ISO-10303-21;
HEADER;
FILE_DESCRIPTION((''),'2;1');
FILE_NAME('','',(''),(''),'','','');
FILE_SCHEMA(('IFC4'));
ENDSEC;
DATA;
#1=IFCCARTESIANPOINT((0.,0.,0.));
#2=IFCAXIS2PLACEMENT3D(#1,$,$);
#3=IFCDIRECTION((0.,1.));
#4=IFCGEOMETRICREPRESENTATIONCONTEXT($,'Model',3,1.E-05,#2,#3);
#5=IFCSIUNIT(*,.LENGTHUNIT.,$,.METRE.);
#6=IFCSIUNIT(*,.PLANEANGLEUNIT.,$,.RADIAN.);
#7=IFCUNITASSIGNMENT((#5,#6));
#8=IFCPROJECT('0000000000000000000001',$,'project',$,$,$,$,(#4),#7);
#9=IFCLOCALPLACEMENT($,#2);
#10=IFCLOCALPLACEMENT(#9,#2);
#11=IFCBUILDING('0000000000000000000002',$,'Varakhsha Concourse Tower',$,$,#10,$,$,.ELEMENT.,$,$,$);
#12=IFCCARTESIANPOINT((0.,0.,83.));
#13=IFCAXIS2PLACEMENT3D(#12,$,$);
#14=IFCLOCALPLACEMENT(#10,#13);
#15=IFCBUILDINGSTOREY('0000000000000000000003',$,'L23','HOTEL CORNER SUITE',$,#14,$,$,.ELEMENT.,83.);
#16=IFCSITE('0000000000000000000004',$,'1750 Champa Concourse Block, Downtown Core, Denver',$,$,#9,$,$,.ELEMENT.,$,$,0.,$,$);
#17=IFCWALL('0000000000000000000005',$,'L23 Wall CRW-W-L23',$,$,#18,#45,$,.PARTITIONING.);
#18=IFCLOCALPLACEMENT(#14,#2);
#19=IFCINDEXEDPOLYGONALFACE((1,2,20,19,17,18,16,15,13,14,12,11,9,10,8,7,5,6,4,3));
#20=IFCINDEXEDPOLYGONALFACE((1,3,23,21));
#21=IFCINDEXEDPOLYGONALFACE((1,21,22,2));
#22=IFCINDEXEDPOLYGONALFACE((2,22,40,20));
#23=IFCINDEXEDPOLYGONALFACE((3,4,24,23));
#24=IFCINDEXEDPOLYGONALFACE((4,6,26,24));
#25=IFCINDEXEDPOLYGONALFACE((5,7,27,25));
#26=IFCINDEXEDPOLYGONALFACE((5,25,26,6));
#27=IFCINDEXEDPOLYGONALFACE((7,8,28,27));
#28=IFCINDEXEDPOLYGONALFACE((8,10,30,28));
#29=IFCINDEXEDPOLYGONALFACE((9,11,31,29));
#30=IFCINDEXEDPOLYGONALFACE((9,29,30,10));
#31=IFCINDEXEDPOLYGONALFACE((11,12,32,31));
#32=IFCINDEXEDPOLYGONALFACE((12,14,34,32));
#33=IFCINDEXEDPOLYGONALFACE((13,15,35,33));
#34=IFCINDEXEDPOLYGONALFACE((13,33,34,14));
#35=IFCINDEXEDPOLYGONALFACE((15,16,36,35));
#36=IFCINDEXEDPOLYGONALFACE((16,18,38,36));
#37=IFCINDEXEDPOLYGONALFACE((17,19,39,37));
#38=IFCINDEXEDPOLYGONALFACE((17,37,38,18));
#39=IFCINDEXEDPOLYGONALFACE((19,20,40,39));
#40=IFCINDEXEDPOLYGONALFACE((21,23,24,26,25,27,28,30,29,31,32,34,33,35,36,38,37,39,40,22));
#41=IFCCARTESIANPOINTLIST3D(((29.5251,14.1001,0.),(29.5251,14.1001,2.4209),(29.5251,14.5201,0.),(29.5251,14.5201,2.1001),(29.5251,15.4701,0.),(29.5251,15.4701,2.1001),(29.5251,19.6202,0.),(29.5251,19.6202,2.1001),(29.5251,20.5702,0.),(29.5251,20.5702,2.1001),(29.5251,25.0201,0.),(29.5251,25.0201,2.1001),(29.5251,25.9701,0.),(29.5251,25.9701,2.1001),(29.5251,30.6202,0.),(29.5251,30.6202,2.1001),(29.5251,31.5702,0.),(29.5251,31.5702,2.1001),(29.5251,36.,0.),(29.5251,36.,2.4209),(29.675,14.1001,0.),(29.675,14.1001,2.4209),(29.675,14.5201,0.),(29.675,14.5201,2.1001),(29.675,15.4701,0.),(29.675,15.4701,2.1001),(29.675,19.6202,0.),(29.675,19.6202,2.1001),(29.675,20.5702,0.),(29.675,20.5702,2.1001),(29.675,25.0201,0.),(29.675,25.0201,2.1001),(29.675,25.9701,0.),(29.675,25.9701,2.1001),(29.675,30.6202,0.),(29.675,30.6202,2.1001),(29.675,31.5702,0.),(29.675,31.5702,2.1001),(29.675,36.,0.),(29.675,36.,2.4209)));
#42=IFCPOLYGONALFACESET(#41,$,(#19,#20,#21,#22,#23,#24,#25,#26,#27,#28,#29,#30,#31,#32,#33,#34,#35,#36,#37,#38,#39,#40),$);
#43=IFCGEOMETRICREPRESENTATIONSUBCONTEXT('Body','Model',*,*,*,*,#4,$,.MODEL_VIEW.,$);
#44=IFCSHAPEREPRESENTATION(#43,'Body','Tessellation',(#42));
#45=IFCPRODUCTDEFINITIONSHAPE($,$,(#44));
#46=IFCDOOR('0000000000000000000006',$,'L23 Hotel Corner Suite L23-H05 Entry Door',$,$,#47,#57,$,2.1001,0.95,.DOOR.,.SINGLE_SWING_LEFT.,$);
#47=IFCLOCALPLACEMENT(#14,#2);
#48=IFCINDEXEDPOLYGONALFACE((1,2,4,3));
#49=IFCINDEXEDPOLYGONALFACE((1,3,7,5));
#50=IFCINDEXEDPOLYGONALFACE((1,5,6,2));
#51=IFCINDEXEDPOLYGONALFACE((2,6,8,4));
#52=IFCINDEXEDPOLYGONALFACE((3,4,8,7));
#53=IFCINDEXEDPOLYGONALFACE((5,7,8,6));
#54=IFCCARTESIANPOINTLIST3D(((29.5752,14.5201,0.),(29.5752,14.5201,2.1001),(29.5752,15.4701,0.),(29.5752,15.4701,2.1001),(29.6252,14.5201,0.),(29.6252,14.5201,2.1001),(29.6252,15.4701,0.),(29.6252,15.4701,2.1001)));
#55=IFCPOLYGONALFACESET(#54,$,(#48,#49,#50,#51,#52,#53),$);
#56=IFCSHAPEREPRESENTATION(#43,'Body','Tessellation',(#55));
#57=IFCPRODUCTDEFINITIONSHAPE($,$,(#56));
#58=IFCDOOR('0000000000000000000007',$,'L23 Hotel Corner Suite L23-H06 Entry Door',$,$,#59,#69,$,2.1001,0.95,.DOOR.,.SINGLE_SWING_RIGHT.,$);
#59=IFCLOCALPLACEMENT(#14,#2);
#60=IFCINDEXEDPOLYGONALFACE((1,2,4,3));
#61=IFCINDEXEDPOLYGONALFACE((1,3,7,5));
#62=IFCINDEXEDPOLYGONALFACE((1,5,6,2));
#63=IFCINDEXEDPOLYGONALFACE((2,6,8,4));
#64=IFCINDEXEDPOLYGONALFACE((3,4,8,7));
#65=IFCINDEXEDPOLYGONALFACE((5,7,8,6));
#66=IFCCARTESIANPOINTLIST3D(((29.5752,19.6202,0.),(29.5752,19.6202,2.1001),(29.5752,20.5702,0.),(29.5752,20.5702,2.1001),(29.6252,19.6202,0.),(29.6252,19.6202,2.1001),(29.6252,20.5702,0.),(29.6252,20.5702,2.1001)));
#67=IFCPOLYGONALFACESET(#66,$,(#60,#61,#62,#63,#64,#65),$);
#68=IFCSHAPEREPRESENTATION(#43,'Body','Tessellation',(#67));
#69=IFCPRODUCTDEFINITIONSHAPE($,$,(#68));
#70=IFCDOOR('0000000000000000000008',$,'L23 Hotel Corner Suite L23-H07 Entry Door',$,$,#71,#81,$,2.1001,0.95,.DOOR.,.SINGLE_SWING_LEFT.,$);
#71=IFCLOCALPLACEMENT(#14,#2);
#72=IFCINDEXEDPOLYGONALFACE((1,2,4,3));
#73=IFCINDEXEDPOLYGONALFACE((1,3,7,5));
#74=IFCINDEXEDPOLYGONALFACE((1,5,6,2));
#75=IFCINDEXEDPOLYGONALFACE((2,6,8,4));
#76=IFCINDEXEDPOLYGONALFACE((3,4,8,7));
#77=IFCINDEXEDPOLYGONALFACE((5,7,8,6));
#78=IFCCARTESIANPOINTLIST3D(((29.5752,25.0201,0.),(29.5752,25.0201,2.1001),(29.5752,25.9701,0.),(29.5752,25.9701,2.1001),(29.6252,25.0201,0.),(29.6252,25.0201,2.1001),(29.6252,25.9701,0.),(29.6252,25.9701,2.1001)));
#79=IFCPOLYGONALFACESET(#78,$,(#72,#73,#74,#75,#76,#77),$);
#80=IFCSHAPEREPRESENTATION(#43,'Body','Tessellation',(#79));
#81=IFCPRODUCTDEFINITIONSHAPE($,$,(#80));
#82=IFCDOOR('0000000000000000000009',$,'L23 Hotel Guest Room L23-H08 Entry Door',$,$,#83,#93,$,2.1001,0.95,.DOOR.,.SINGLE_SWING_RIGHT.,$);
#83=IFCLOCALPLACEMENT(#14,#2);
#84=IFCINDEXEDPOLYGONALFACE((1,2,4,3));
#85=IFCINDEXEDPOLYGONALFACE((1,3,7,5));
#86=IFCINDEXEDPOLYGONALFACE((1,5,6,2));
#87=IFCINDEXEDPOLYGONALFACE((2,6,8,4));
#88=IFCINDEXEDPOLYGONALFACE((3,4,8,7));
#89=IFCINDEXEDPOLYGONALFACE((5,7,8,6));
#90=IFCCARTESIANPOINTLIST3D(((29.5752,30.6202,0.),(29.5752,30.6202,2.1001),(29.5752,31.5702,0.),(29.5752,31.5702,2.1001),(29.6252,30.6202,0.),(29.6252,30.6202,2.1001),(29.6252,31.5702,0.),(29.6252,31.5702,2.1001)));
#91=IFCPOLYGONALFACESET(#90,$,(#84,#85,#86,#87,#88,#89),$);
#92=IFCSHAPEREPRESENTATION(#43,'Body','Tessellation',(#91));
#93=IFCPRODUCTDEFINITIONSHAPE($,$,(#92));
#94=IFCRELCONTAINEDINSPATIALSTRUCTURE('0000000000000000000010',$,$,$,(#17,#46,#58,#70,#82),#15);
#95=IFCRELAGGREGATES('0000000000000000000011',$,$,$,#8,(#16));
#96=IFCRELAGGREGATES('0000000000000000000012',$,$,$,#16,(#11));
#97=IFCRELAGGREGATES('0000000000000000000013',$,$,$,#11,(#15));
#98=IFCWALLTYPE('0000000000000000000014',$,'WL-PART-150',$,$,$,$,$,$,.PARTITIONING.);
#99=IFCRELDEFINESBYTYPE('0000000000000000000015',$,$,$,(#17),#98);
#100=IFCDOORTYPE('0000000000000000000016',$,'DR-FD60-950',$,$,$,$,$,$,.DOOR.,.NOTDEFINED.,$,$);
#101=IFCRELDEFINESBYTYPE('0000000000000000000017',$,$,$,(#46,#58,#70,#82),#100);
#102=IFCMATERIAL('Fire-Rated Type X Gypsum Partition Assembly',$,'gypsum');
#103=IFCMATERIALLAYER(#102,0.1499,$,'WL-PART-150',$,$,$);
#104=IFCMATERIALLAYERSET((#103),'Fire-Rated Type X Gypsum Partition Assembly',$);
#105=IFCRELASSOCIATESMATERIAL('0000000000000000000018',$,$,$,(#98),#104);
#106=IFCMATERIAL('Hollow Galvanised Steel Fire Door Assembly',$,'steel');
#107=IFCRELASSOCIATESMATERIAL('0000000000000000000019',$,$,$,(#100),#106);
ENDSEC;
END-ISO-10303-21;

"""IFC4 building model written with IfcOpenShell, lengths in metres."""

from ifc_helpers import new_model, si_unit, direction, frame, frame_2d, origin, place, context, subcontext, project, spatial, rectangle, extrude, material, layer, layer_set, type_object, element, fill, save


model = new_model("IFC4")

# Units and contexts
model_context = context("Model", 3, precision=1e-05, world=origin(), true_north=direction((0.0, 1.0)))
body_context = subcontext(model_context, "Body", "Model", "MODEL_VIEW")
ifc_project = project(units=[si_unit("LENGTHUNIT", "METRE"), si_unit("PLANEANGLEUNIT", "RADIAN")], contexts=[model_context])

# Site, building, storey
site_placement = place(None, origin())
site = spatial("IfcSite", under=ifc_project, at=site_placement, Name="1750 Champa Concourse Block, Downtown Core, Denver", CompositionType="ELEMENT", RefElevation=0.0)
building_placement = place(site_placement, origin())
building = spatial("IfcBuilding", under=site, at=building_placement, Name="Varakhsha Concourse Tower", CompositionType="ELEMENT")
storey_placement = place(building_placement, frame((0.0, 0.0, 83.0)))
storey = spatial("IfcBuildingStorey", under=building, at=storey_placement, Name="L23", Description="HOTEL CORNER SUITE", CompositionType="ELEMENT", Elevation=83.0)

# Wall, openings, doors
ifc_material_1 = material(Name="Fire-Rated Type X Gypsum Partition Assembly", Category="gypsum")
ifc_layer_1 = layer(ifc_material_1, 0.1499, Name="WL-PART-150")
ifc_layer_set_1 = layer_set([ifc_layer_1], Name="Fire-Rated Type X Gypsum Partition Assembly")
wall_type_1 = type_object("IfcWallType", Name="WL-PART-150", PredefinedType="PARTITIONING", material=ifc_layer_set_1)
ifc_material_2 = material(Name="Hollow Galvanised Steel Fire Door Assembly", Category="steel")
door_type_1 = type_object("IfcDoorType", Name="DR-FD60-950", OperationType="NOTDEFINED", PredefinedType="DOOR", material=ifc_material_2)
wall_1_placement = place(storey_placement, frame((29.6001, 14.1001, 0.0), z_axis=(0.0, 0.0, 1.0), x_axis=(0.0, 1.0, 0.0)))
wall_1 = element("IfcWall", 1, at=wall_1_placement, inside=storey, type_object=wall_type_1, Name="L23 Wall CRW-W-L23", PredefinedType="PARTITIONING", context=body_context, shape_type="SweptSolid", body=[
    extrude(rectangle(XDim=21.8999, YDim=0.1499, at=frame_2d((10.95, 0.0))), origin(), (0.0, 0.0, 1.0), 2.4209),
])
opening_1_placement = place(wall_1_placement, frame((0.4199, 0.0, 0.0)))
opening_1 = element("IfcOpeningElement", 2, at=opening_1_placement, cuts=wall_1, PredefinedType="OPENING", context=body_context, shape_type="SweptSolid", body=[
    extrude(rectangle(XDim=0.95, YDim=2.1001, at=frame_2d((0.4751, 1.05))), frame((0.0, 0.085, 0.0), z_axis=(0.0, -1.0, 0.0), x_axis=(1.0, 0.0, 0.0)), (0.0, 0.0, 1.0), 0.1699),
])
opening_2_placement = place(wall_1_placement, frame((5.52, 0.0, 0.0)))
opening_2 = element("IfcOpeningElement", 3, at=opening_2_placement, cuts=wall_1, PredefinedType="OPENING", context=body_context, shape_type="SweptSolid", body=[
    extrude(rectangle(XDim=0.95, YDim=2.1001, at=frame_2d((0.4751, 1.05))), frame((0.0, 0.085, 0.0), z_axis=(0.0, -1.0, 0.0), x_axis=(1.0, 0.0, 0.0)), (0.0, 0.0, 1.0), 0.1699),
])
opening_3_placement = place(wall_1_placement, frame((10.9199, 0.0, 0.0)))
opening_3 = element("IfcOpeningElement", 4, at=opening_3_placement, cuts=wall_1, PredefinedType="OPENING", context=body_context, shape_type="SweptSolid", body=[
    extrude(rectangle(XDim=0.95, YDim=2.1001, at=frame_2d((0.4751, 1.05))), frame((0.0, 0.085, 0.0), z_axis=(0.0, -1.0, 0.0), x_axis=(1.0, 0.0, 0.0)), (0.0, 0.0, 1.0), 0.1699),
])
opening_4_placement = place(wall_1_placement, frame((16.52, 0.0, 0.0)))
opening_4 = element("IfcOpeningElement", 5, at=opening_4_placement, cuts=wall_1, PredefinedType="OPENING", context=body_context, shape_type="SweptSolid", body=[
    extrude(rectangle(XDim=0.95, YDim=2.1001, at=frame_2d((0.4751, 1.05))), frame((0.0, 0.085, 0.0), z_axis=(0.0, -1.0, 0.0), x_axis=(1.0, 0.0, 0.0)), (0.0, 0.0, 1.0), 0.1699),
])
door_1_placement = place(opening_1_placement, origin())
door_1 = element("IfcDoor", 6, at=door_1_placement, inside=storey, type_object=door_type_1, Name="L23 Hotel Corner Suite L23-H05 Entry Door", OperationType="SINGLE_SWING_LEFT", OverallHeight=2.1001, OverallWidth=0.95, PredefinedType="DOOR", context=body_context, shape_type="SweptSolid", body=[
    extrude(rectangle(XDim=0.95, YDim=2.1001, at=frame_2d((0.4751, 1.05))), frame((0.0, 0.0249, 0.0), z_axis=(0.0, -1.0, 0.0), x_axis=(1.0, 0.0, 0.0)), (0.0, 0.0, 1.0), 0.05),
])
fill(opening_1, door_1)
door_2_placement = place(opening_2_placement, origin())
door_2 = element("IfcDoor", 7, at=door_2_placement, inside=storey, type_object=door_type_1, Name="L23 Hotel Corner Suite L23-H06 Entry Door", OperationType="SINGLE_SWING_RIGHT", OverallHeight=2.1001, OverallWidth=0.95, PredefinedType="DOOR", context=body_context, shape_type="SweptSolid", body=[
    extrude(rectangle(XDim=0.95, YDim=2.1001, at=frame_2d((0.4751, 1.05))), frame((0.0, 0.0249, 0.0), z_axis=(0.0, -1.0, 0.0), x_axis=(1.0, 0.0, 0.0)), (0.0, 0.0, 1.0), 0.05),
])
fill(opening_2, door_2)
door_3_placement = place(opening_3_placement, origin())
door_3 = element("IfcDoor", 8, at=door_3_placement, inside=storey, type_object=door_type_1, Name="L23 Hotel Corner Suite L23-H07 Entry Door", OperationType="SINGLE_SWING_LEFT", OverallHeight=2.1001, OverallWidth=0.95, PredefinedType="DOOR", context=body_context, shape_type="SweptSolid", body=[
    extrude(rectangle(XDim=0.95, YDim=2.1001, at=frame_2d((0.4751, 1.05))), frame((0.0, 0.0249, 0.0), z_axis=(0.0, -1.0, 0.0), x_axis=(1.0, 0.0, 0.0)), (0.0, 0.0, 1.0), 0.05),
])
fill(opening_3, door_3)
door_4_placement = place(opening_4_placement, origin())
door_4 = element("IfcDoor", 9, at=door_4_placement, inside=storey, type_object=door_type_1, Name="L23 Hotel Guest Room L23-H08 Entry Door", OperationType="SINGLE_SWING_RIGHT", OverallHeight=2.1001, OverallWidth=0.95, PredefinedType="DOOR", context=body_context, shape_type="SweptSolid", body=[
    extrude(rectangle(XDim=0.95, YDim=2.1001, at=frame_2d((0.4751, 1.05))), frame((0.0, 0.0249, 0.0), z_axis=(0.0, -1.0, 0.0), x_axis=(1.0, 0.0, 0.0)), (0.0, 0.0, 1.0), 0.05),
])
fill(opening_4, door_4)

save(model, "model.ifc")
